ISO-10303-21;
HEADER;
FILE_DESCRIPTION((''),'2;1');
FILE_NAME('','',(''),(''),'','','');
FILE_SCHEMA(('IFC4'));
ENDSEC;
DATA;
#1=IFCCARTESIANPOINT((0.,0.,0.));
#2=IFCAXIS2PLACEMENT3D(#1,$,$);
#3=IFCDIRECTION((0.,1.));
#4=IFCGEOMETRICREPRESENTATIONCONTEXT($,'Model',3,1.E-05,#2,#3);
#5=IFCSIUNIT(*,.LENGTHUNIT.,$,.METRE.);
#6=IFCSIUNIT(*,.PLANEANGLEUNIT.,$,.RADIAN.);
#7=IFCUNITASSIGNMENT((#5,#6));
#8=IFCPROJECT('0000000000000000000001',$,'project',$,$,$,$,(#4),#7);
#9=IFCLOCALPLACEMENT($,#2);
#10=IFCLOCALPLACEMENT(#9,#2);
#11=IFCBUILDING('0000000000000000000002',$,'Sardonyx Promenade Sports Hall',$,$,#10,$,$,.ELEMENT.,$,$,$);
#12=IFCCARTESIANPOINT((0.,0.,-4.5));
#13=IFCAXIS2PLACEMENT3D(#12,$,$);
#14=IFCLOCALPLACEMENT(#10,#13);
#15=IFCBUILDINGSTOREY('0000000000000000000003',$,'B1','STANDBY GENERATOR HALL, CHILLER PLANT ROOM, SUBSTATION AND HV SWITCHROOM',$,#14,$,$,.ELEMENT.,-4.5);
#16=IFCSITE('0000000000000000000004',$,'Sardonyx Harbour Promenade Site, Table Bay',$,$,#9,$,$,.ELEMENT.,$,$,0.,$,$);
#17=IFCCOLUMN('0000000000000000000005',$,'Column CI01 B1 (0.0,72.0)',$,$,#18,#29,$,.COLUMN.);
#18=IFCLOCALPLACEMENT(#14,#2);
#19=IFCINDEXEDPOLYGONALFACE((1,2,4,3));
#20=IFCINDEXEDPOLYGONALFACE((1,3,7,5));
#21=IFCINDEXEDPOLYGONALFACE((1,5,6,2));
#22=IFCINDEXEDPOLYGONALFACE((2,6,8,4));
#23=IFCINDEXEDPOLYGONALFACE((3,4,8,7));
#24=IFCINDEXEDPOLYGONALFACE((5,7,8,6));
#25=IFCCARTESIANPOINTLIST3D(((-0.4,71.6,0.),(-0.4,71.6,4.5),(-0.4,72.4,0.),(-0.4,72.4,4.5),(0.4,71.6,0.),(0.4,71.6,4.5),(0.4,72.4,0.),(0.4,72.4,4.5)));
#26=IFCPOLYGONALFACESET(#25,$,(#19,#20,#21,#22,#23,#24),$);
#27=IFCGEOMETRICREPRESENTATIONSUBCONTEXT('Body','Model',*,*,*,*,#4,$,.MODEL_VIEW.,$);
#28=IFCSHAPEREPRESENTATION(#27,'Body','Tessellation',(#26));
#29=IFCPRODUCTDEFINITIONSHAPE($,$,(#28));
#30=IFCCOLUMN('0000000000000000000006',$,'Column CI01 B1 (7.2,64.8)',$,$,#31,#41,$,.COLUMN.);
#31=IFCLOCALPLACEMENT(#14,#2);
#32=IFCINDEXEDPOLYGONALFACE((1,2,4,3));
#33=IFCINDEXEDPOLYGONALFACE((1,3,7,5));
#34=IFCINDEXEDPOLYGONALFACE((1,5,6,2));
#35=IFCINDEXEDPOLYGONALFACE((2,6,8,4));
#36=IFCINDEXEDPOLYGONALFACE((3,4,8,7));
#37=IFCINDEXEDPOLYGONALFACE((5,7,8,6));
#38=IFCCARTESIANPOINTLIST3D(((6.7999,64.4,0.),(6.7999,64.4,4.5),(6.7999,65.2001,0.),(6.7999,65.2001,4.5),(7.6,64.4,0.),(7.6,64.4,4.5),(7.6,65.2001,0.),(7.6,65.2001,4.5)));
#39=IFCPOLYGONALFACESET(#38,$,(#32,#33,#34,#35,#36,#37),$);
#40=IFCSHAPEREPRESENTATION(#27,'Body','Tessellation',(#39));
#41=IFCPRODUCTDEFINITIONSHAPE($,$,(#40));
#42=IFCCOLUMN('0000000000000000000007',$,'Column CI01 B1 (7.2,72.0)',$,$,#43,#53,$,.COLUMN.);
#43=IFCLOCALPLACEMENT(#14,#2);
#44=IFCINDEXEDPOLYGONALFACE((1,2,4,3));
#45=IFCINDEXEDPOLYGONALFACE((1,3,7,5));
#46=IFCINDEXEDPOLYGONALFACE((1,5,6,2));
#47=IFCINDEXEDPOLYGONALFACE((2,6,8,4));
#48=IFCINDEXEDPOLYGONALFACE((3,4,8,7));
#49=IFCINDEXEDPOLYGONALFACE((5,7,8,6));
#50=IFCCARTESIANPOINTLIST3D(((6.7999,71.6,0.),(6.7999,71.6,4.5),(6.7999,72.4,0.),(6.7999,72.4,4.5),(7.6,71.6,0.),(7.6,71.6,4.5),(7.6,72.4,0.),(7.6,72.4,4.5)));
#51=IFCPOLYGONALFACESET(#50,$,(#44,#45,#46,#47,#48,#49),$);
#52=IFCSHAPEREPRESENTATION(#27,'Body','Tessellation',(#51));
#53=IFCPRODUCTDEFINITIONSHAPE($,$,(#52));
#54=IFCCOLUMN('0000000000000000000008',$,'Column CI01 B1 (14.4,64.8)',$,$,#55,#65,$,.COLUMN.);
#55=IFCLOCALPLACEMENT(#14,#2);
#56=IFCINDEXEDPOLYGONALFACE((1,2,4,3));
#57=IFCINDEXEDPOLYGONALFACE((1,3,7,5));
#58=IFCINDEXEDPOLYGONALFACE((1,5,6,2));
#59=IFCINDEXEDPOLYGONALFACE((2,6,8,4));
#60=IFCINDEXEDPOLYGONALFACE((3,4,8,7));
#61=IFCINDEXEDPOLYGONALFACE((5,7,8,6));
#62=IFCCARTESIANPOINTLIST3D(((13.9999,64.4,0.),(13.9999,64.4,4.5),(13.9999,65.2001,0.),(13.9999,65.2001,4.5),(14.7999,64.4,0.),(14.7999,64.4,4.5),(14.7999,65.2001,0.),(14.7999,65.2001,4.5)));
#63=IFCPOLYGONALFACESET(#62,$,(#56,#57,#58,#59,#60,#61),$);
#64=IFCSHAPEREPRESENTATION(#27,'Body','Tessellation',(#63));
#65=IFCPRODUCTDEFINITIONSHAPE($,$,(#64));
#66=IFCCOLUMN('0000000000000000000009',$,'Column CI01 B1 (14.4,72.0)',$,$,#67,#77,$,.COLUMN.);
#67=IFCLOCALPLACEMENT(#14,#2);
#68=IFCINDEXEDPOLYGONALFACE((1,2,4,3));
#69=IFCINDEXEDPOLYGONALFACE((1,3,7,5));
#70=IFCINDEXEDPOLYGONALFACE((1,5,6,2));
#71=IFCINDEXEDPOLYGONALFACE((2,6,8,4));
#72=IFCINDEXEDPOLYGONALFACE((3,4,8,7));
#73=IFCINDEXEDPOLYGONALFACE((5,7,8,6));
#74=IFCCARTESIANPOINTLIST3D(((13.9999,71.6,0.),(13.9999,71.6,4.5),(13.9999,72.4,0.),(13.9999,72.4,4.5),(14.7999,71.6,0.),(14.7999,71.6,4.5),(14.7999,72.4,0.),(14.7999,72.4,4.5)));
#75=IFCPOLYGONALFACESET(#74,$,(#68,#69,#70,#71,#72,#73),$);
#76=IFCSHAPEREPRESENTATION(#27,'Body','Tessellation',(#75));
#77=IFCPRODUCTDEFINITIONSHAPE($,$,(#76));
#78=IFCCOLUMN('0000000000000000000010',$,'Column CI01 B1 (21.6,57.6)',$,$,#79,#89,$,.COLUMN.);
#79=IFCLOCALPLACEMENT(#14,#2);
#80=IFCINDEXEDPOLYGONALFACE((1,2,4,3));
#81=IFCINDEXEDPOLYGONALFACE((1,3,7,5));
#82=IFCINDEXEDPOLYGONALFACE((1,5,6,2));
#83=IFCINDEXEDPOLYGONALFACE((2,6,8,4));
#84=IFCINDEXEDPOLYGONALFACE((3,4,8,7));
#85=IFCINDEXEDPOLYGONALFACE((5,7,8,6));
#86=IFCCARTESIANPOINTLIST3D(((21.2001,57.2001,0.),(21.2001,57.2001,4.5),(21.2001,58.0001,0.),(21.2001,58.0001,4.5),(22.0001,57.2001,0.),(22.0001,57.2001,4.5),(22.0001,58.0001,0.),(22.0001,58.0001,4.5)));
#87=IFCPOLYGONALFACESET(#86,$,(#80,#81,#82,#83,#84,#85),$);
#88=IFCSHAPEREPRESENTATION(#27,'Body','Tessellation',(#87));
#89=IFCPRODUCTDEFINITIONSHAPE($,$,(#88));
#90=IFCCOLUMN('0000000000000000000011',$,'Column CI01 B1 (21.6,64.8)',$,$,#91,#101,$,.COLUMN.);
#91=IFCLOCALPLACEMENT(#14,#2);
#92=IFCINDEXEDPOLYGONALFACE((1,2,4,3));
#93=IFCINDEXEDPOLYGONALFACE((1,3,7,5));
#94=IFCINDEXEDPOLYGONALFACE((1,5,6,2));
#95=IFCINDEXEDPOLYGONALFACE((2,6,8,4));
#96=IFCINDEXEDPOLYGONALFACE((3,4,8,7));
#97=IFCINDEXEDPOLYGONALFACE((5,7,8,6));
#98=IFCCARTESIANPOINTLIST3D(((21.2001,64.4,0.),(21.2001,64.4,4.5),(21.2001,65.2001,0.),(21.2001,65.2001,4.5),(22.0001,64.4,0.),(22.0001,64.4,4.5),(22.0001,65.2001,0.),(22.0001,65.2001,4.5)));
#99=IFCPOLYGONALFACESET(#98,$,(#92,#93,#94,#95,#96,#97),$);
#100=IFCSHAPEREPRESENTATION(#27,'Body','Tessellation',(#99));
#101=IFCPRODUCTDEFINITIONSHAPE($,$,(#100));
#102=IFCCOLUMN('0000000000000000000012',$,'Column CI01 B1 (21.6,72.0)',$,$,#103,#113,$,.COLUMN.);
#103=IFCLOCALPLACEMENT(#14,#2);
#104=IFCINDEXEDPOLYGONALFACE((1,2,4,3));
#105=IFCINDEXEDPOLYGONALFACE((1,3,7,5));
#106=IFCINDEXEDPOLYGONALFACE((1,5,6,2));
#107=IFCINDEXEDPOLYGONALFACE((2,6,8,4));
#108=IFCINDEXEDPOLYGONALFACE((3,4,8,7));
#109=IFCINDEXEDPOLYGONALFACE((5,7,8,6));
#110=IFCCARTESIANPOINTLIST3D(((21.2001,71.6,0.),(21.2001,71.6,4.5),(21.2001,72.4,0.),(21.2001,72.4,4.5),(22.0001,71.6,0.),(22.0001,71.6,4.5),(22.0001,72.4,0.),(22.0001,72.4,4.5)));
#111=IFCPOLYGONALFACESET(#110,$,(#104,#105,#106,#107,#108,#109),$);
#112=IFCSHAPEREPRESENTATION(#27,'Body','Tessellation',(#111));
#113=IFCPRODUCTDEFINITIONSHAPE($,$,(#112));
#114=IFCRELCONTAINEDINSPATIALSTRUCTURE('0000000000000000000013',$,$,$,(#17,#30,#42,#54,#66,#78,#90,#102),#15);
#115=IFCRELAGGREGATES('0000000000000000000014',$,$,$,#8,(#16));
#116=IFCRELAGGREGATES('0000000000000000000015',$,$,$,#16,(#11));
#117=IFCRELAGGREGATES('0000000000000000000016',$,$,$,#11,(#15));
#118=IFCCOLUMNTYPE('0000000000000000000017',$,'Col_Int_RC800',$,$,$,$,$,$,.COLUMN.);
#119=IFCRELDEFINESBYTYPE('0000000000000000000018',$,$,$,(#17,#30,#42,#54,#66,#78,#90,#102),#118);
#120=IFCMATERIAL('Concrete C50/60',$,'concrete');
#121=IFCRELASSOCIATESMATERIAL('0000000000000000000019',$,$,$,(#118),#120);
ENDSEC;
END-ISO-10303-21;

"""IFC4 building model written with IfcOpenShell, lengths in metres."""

from ifc_helpers import new_model, si_unit, direction, frame, origin, origin_2d, place, context, subcontext, project, spatial, rectangle, extrude, material, material_profile, profile_set, type_object, element, save


model = new_model("IFC4")

# Units and contexts
model_context = context("Model", 3, precision=1e-05, world=origin(), true_north=direction((0.0, 1.0)))
body_context = subcontext(model_context, "Body", "Model", "MODEL_VIEW")
ifc_project = project(units=[si_unit("LENGTHUNIT", "METRE"), si_unit("PLANEANGLEUNIT", "RADIAN")], contexts=[model_context])

# Site, building, storey
site_placement = place(None, origin())
site = spatial("IfcSite", under=ifc_project, at=site_placement, Name="Sardonyx Harbour Promenade Site, Table Bay", CompositionType="ELEMENT", RefElevation=0.0)
building_placement = place(site_placement, origin())
building = spatial("IfcBuilding", under=site, at=building_placement, Name="Sardonyx Promenade Sports Hall", CompositionType="ELEMENT")
storey_placement = place(building_placement, frame((0.0, 0.0, -4.5)))
storey = spatial("IfcBuildingStorey", under=building, at=storey_placement, Name="B1", Description="STANDBY GENERATOR HALL, CHILLER PLANT ROOM, SUBSTATION AND HV SWITCHROOM", CompositionType="ELEMENT", Elevation=-4.5)

# Columns
ifc_material_1 = material(Name="Concrete C50/60", Category="concrete")
ifc_material_profile_1 = material_profile(ifc_material_1, rectangle(XDim=0.8, YDim=0.8, at=origin_2d()))
ifc_profile_set_1 = profile_set([ifc_material_profile_1], Name="Concrete C50/60")
column_type = type_object("IfcColumnType", Name="Col_Int_RC800", PredefinedType="COLUMN", material=ifc_profile_set_1)
for number, where, z_axis, x_axis, name in (
    (1, (0.0, 72.0, 0.0), (0.0, 0.0, 1.0), (1.0, 0.0, 0.0), "Column CI01 B1 (0.0,72.0)"),
    (2, (7.2, 64.8, 0.0), (0.0, 0.0, 1.0), (1.0, 0.0, 0.0), "Column CI01 B1 (7.2,64.8)"),
    (3, (7.2, 72.0, 0.0), (0.0, 0.0, 1.0), (1.0, 0.0, 0.0), "Column CI01 B1 (7.2,72.0)"),
    (4, (14.3999, 64.8, 0.0), (0.0, 0.0, 1.0), (1.0, 0.0, 0.0), "Column CI01 B1 (14.4,64.8)"),
    (5, (14.3999, 72.0, 0.0), (0.0, 0.0, 1.0), (1.0, 0.0, 0.0), "Column CI01 B1 (14.4,72.0)"),
    (6, (21.6001, 57.6001, 0.0), (0.0, 0.0, 1.0), (1.0, 0.0, 0.0), "Column CI01 B1 (21.6,57.6)"),
    (7, (21.6001, 64.8, 0.0), (0.0, 0.0, 1.0), (1.0, 0.0, 0.0), "Column CI01 B1 (21.6,64.8)"),
    (8, (21.6001, 72.0, 0.0), (0.0, 0.0, 1.0), (1.0, 0.0, 0.0), "Column CI01 B1 (21.6,72.0)"),
):
    element("IfcColumn", number, at=place(storey_placement, frame(where, z_axis=z_axis, x_axis=x_axis)), inside=storey, type_object=column_type, Name=name, PredefinedType="COLUMN", context=body_context, shape_type="SweptSolid", body=[
        extrude(rectangle(XDim=0.8, YDim=0.8, at=origin_2d()), origin(), (0.0, 0.0, 1.0), 4.5),
    ])

save(model, "model.ifc")
